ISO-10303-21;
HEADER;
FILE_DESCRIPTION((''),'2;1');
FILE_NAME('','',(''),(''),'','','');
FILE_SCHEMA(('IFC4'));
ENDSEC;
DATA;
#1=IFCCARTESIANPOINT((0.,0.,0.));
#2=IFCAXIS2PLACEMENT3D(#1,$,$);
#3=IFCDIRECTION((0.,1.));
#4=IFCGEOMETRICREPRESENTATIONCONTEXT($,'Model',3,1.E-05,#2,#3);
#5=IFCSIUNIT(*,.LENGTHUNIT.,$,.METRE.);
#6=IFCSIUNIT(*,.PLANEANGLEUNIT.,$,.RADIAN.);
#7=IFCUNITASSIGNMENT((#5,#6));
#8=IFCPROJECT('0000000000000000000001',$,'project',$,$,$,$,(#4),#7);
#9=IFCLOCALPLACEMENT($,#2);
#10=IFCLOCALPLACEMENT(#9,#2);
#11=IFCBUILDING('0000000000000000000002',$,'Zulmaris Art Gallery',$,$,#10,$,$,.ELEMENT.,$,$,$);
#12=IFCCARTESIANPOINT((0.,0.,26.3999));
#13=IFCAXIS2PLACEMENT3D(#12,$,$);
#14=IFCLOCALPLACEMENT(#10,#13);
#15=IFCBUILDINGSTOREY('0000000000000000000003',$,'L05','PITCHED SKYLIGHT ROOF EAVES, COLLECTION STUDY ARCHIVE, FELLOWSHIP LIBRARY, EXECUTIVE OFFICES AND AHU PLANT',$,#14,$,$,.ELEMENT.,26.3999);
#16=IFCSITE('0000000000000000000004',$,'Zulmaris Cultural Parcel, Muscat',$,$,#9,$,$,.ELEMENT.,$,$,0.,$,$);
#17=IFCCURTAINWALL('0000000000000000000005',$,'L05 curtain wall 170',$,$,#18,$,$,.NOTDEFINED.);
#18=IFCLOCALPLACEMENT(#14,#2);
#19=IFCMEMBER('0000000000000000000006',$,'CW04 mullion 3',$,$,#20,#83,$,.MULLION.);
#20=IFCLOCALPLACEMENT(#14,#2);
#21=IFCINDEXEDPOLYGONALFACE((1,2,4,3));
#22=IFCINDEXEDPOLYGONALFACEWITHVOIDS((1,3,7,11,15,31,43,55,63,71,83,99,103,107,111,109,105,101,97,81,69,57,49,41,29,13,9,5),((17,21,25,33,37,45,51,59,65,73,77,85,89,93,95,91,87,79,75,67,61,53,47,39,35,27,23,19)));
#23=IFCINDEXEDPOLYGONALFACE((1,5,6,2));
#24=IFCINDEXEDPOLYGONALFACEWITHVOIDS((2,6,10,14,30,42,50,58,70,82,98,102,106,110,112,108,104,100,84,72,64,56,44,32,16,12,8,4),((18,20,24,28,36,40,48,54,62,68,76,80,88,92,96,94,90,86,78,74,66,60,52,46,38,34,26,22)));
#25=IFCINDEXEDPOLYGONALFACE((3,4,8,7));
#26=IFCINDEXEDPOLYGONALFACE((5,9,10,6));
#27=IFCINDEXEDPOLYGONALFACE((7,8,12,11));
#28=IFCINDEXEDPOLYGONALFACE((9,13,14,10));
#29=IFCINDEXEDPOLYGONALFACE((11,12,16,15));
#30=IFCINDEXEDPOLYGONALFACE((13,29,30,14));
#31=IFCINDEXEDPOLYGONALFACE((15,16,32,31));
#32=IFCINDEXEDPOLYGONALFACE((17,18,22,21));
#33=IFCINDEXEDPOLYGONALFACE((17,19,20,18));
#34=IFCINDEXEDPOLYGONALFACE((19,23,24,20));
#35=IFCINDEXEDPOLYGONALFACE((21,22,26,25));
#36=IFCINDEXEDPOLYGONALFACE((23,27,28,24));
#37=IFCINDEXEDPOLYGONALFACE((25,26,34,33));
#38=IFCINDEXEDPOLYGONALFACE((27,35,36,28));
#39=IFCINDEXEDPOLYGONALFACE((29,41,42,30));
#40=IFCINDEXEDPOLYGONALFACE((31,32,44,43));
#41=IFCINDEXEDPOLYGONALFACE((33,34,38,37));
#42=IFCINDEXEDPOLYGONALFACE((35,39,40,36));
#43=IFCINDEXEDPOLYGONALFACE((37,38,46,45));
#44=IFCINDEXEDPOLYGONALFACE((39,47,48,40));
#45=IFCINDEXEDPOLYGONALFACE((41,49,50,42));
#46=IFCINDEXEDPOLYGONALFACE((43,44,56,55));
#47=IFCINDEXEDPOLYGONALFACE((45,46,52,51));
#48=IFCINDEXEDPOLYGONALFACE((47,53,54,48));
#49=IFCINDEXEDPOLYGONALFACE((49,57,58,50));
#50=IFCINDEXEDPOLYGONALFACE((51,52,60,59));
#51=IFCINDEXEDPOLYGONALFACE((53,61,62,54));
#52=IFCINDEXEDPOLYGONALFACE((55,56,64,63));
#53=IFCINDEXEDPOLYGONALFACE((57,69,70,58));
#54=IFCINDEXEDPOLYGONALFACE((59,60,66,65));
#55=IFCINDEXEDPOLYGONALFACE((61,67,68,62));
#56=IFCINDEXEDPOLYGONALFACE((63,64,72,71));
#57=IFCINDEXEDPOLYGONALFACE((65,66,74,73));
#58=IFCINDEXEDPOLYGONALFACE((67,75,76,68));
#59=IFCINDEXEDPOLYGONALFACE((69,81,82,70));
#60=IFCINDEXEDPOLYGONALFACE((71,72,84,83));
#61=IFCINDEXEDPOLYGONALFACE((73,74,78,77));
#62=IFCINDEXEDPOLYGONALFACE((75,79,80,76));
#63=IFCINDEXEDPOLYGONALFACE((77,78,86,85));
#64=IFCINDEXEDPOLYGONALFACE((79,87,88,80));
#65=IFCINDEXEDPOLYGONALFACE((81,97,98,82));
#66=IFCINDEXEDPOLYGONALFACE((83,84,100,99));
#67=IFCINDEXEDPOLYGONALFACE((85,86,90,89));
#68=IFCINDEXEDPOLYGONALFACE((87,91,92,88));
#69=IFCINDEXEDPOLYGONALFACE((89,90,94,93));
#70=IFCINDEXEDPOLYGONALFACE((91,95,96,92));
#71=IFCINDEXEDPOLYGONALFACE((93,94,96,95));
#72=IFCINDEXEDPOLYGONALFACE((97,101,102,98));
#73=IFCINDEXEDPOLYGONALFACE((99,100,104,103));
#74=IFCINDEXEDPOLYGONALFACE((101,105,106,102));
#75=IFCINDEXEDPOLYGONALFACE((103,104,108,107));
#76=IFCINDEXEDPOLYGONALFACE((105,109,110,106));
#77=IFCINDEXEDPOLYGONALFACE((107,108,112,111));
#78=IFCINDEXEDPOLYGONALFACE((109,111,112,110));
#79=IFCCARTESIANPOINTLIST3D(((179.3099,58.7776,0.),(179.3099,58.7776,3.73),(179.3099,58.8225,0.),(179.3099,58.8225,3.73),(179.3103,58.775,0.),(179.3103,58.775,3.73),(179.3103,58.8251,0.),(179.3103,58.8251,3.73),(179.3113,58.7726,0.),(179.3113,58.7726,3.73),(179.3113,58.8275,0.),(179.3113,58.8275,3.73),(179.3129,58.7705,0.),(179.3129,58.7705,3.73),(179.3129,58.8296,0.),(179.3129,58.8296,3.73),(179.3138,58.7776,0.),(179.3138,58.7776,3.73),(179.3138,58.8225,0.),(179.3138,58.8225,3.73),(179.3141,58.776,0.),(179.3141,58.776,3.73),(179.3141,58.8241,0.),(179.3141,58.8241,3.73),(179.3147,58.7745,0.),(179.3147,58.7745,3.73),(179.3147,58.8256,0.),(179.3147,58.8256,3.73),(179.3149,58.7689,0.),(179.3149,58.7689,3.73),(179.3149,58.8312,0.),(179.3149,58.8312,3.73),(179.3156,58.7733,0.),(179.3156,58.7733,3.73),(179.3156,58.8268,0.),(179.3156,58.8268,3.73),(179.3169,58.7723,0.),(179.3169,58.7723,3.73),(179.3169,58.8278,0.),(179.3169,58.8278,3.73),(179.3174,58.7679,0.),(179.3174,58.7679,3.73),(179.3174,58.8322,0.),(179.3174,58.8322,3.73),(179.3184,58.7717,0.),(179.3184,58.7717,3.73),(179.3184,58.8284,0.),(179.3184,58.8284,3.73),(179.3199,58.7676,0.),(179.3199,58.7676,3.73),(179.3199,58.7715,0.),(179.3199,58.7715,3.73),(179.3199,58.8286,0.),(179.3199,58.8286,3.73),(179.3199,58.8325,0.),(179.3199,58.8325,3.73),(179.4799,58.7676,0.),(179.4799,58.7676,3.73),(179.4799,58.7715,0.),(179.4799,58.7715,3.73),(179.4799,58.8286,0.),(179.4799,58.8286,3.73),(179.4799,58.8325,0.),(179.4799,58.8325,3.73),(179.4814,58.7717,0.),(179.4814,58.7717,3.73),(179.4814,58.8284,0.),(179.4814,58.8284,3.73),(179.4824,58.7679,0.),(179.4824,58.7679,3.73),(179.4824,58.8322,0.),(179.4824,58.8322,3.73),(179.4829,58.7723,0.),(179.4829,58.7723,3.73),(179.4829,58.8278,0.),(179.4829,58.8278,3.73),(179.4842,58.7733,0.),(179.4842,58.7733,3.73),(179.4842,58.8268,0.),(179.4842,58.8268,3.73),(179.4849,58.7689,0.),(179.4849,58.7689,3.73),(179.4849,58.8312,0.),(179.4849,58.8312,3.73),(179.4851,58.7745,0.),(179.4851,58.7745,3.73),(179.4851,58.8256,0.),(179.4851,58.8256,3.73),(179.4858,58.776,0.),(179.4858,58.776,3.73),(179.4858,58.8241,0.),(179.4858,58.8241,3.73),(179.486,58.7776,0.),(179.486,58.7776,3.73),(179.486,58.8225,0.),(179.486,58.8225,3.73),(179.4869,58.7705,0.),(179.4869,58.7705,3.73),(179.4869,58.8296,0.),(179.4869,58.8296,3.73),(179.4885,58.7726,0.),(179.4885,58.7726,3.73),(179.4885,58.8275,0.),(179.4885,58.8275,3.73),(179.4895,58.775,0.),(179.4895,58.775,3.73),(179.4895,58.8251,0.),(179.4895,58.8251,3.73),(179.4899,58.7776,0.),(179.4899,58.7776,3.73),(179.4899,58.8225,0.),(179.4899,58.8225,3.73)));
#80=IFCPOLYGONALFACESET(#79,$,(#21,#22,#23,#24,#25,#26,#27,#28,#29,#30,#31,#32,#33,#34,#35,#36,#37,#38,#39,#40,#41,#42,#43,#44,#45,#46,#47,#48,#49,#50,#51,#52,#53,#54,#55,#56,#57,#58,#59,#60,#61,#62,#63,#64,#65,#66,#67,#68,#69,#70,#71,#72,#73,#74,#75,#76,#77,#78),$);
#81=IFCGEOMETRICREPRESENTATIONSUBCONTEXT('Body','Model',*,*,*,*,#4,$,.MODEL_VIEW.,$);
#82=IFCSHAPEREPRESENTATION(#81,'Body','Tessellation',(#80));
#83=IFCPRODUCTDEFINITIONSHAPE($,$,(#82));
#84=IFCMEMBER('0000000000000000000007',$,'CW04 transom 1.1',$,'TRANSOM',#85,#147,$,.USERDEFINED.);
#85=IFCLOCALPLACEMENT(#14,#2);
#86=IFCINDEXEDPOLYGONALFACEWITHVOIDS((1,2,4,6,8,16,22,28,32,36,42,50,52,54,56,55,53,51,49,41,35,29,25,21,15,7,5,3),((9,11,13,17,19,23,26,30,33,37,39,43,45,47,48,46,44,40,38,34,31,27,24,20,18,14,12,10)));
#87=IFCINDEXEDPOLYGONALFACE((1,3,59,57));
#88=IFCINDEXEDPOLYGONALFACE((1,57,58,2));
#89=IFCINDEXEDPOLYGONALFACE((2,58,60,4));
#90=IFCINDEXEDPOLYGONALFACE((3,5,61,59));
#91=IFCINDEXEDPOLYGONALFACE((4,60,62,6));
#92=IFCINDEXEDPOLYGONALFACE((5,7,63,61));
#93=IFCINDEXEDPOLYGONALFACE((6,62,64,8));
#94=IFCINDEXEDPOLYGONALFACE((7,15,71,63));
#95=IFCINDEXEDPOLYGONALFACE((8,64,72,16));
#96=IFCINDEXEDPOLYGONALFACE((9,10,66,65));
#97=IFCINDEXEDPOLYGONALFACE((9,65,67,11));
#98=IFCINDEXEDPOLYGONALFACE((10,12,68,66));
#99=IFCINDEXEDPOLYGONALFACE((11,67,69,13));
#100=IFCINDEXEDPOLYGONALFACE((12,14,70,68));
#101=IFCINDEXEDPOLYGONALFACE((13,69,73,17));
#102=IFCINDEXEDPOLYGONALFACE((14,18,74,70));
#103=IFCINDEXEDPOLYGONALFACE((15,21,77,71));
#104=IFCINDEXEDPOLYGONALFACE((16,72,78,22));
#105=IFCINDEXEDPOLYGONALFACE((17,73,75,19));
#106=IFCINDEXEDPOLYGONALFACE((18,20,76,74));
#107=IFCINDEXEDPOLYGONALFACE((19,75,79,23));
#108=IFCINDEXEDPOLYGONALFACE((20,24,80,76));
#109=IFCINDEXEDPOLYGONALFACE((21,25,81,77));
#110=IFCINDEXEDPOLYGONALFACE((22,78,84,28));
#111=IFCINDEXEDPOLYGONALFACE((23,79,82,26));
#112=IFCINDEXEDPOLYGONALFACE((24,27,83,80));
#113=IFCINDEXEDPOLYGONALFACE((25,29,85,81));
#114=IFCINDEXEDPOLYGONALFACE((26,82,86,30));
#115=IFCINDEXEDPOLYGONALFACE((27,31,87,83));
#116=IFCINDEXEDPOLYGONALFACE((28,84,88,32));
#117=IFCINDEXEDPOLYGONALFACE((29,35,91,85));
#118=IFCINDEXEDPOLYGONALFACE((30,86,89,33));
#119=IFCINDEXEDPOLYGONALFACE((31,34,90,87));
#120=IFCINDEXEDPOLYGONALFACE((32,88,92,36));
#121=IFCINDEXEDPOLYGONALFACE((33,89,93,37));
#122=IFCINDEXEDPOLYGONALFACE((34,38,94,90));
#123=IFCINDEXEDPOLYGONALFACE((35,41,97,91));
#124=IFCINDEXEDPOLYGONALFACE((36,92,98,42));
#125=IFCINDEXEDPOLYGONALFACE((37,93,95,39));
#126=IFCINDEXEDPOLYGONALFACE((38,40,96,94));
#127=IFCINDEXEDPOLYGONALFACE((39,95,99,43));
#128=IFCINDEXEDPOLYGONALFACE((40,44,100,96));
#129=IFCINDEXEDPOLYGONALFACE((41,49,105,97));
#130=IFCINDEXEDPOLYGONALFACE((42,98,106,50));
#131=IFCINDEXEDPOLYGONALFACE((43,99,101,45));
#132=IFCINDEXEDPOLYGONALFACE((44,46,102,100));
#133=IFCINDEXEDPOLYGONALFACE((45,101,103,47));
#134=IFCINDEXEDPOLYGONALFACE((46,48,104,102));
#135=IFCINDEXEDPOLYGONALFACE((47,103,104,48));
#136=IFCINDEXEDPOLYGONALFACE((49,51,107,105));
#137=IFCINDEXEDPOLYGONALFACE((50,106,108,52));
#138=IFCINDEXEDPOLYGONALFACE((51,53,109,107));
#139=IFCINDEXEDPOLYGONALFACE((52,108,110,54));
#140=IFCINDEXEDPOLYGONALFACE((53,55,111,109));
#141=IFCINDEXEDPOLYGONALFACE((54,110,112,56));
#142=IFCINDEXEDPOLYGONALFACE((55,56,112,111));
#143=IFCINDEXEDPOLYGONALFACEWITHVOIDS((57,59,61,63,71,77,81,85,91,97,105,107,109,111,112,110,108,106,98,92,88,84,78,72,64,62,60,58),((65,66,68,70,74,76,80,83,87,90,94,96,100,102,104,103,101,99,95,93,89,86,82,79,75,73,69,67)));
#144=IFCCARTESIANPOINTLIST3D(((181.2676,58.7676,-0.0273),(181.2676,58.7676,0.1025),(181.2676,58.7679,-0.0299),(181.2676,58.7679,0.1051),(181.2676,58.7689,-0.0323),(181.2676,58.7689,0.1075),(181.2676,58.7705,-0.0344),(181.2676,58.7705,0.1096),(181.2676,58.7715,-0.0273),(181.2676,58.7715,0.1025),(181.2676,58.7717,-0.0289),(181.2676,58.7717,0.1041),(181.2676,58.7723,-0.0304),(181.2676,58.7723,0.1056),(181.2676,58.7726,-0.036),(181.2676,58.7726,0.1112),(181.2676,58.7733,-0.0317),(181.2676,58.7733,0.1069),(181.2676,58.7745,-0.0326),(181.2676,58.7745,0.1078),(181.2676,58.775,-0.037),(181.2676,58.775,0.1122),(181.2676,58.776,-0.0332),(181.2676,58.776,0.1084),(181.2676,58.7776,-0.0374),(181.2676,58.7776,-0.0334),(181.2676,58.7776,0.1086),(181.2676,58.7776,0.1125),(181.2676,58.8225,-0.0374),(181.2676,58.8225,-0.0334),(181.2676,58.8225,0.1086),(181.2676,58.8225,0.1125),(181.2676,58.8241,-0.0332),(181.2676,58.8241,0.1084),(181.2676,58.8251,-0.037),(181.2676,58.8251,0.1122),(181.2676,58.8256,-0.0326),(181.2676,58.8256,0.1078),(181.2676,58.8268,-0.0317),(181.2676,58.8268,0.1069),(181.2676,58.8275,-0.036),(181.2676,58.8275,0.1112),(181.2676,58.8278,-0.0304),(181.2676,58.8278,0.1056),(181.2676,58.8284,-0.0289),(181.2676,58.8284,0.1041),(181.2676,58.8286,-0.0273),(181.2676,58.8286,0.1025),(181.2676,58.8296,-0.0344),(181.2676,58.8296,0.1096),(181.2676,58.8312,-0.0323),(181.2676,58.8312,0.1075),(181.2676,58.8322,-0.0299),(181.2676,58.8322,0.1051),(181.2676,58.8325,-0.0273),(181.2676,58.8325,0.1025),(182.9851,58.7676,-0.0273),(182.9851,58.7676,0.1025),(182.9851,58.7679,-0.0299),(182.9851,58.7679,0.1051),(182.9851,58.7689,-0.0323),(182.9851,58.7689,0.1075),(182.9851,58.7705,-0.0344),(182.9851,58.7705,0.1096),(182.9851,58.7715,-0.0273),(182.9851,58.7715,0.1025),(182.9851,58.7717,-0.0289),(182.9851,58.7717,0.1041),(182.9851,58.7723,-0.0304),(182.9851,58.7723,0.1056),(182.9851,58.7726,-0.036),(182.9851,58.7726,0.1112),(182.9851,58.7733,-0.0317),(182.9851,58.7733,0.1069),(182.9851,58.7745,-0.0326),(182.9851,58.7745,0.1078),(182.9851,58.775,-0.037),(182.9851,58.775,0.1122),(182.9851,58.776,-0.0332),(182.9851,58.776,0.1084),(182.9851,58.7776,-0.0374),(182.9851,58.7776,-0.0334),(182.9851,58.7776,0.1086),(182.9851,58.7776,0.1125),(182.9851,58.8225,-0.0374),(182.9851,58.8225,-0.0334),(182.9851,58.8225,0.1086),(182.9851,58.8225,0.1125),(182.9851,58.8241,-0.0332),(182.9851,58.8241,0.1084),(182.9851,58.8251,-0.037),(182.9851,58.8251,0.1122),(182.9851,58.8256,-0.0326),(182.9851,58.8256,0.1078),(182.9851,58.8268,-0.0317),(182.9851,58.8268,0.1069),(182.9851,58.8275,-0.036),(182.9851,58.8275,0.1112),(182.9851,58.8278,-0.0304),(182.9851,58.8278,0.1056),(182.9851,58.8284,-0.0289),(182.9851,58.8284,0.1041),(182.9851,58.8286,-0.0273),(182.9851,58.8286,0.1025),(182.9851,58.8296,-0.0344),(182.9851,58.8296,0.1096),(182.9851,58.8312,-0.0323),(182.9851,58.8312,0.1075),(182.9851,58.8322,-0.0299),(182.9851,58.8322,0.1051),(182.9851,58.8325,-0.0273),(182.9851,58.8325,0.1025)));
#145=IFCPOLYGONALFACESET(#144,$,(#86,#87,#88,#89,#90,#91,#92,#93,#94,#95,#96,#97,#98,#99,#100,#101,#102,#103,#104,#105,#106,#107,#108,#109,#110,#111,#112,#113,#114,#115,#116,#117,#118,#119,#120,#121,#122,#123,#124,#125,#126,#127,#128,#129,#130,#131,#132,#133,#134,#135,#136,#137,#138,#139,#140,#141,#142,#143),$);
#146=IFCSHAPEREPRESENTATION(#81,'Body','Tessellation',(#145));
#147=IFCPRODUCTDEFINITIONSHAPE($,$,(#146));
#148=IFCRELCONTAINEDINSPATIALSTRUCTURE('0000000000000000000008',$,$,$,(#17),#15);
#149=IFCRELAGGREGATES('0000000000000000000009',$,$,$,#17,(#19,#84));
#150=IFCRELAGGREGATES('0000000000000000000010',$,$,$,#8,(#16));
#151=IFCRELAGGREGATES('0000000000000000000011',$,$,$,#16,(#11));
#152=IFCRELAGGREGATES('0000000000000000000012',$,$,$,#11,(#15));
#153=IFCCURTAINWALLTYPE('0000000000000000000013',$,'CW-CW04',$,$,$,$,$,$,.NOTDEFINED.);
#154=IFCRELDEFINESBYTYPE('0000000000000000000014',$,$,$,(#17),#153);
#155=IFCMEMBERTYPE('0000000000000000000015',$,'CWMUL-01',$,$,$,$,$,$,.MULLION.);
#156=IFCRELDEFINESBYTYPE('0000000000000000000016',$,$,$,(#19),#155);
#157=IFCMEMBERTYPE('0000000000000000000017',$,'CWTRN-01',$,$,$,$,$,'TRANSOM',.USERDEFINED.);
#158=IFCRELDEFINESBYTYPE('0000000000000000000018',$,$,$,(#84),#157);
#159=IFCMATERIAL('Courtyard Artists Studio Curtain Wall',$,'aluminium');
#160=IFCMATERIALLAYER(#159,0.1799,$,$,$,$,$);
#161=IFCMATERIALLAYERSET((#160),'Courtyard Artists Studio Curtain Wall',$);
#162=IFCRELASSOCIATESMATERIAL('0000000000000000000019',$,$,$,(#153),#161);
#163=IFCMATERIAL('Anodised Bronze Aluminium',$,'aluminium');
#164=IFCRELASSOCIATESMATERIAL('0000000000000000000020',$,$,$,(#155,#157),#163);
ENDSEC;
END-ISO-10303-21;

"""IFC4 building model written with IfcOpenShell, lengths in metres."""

from ifc_helpers import new_model, si_unit, direction, frame, origin, origin_2d, place, context, subcontext, project, spatial, hollow_rectangle, extrude, material, layer, layer_set, material_profile, profile_set, type_object, element, aggregate, save


model = new_model("IFC4")

# Units and contexts
model_context = context("Model", 3, precision=1e-05, world=origin(), true_north=direction((0.0, 1.0)))
body_context = subcontext(model_context, "Body", "Model", "MODEL_VIEW")
ifc_project = project(units=[si_unit("LENGTHUNIT", "METRE"), si_unit("PLANEANGLEUNIT", "RADIAN")], contexts=[model_context])

# Site, building, storey
site_placement = place(None, origin())
site = spatial("IfcSite", under=ifc_project, at=site_placement, Name="Zulmaris Cultural Parcel, Muscat", CompositionType="ELEMENT", RefElevation=0.0)
building_placement = place(site_placement, origin())
building = spatial("IfcBuilding", under=site, at=building_placement, Name="Zulmaris Art Gallery", CompositionType="ELEMENT")
storey_placement = place(building_placement, frame((0.0, 0.0, 26.3999)))
storey = spatial("IfcBuildingStorey", under=building, at=storey_placement, Name="L05", Description="PITCHED SKYLIGHT ROOF EAVES, COLLECTION STUDY ARCHIVE, FELLOWSHIP LIBRARY, EXECUTIVE OFFICES AND AHU PLANT", CompositionType="ELEMENT", Elevation=26.3999)

# Curtain wall, members
ifc_material_1 = material(Name="Courtyard Artists Studio Curtain Wall", Category="aluminium")
ifc_layer_1 = layer(ifc_material_1, 0.1799)
ifc_layer_set_1 = layer_set([ifc_layer_1], Name="Courtyard Artists Studio Curtain Wall")
curtain_wall_type = type_object("IfcCurtainWallType", Name="CW-CW04", PredefinedType="NOTDEFINED", material=ifc_layer_set_1)
curtain_wall_placement = place(storey_placement, origin())
curtain_wall = element("IfcCurtainWall", 1, at=curtain_wall_placement, inside=storey, type_object=curtain_wall_type, Name="L05 curtain wall 170", PredefinedType="NOTDEFINED")
ifc_material_2 = material(Name="Anodised Bronze Aluminium", Category="aluminium")
ifc_material_profile_1 = material_profile(ifc_material_2, hollow_rectangle(XDim=0.0649, YDim=0.1799, WallThickness=0.0039, InnerFilletRadius=0.0061, OuterFilletRadius=0.01, at=origin_2d()), Name="ALU 65x180x4")
ifc_profile_set_1 = profile_set([ifc_material_profile_1], Name="Anodised Bronze Aluminium")
member_type_1 = type_object("IfcMemberType", Name="CWMUL-01", PredefinedType="MULLION", material=ifc_profile_set_1)
member_1_placement = place(storey_placement, frame((179.3999, 58.8, 0.0), z_axis=(0.0, 0.0, 1.0), x_axis=(0.0, -1.0, 0.0)))
member_1 = element("IfcMember", 2, at=member_1_placement, type_object=member_type_1, Name="CW04 mullion 3", PredefinedType="MULLION", context=body_context, shape_type="SweptSolid", body=[
    extrude(hollow_rectangle(XDim=0.0649, YDim=0.1799, WallThickness=0.0039, InnerFilletRadius=0.0061, OuterFilletRadius=0.01, at=origin_2d()), origin(), (0.0, 0.0, 1.0), 3.73),
])
ifc_material_profile_2 = material_profile(ifc_material_2, hollow_rectangle(XDim=0.0649, YDim=0.1499, WallThickness=0.0039, InnerFilletRadius=0.0061, OuterFilletRadius=0.01, at=origin_2d()), Name="ALU 65x150x4")
ifc_profile_set_2 = profile_set([ifc_material_profile_2], Name="Anodised Bronze Aluminium")
member_type_2 = type_object("IfcMemberType", Name="CWTRN-01", ElementType="TRANSOM", PredefinedType="USERDEFINED", material=ifc_profile_set_2)
member_2_placement = place(storey_placement, frame((182.9851, 58.8, 0.0376), z_axis=(-1.0, 0.0, 0.0), x_axis=(0.0, -1.0, 0.0)))
member_2 = element("IfcMember", 3, at=member_2_placement, type_object=member_type_2, Name="CW04 transom 1.1", ObjectType="TRANSOM", PredefinedType="USERDEFINED", context=body_context, shape_type="SweptSolid", body=[
    extrude(hollow_rectangle(XDim=0.0649, YDim=0.1499, WallThickness=0.0039, InnerFilletRadius=0.0061, OuterFilletRadius=0.01, at=origin_2d()), origin(), (0.0, 0.0, 1.0), 1.7175),
])
aggregate(curtain_wall, [member_1, member_2])

save(model, "model.ifc")
